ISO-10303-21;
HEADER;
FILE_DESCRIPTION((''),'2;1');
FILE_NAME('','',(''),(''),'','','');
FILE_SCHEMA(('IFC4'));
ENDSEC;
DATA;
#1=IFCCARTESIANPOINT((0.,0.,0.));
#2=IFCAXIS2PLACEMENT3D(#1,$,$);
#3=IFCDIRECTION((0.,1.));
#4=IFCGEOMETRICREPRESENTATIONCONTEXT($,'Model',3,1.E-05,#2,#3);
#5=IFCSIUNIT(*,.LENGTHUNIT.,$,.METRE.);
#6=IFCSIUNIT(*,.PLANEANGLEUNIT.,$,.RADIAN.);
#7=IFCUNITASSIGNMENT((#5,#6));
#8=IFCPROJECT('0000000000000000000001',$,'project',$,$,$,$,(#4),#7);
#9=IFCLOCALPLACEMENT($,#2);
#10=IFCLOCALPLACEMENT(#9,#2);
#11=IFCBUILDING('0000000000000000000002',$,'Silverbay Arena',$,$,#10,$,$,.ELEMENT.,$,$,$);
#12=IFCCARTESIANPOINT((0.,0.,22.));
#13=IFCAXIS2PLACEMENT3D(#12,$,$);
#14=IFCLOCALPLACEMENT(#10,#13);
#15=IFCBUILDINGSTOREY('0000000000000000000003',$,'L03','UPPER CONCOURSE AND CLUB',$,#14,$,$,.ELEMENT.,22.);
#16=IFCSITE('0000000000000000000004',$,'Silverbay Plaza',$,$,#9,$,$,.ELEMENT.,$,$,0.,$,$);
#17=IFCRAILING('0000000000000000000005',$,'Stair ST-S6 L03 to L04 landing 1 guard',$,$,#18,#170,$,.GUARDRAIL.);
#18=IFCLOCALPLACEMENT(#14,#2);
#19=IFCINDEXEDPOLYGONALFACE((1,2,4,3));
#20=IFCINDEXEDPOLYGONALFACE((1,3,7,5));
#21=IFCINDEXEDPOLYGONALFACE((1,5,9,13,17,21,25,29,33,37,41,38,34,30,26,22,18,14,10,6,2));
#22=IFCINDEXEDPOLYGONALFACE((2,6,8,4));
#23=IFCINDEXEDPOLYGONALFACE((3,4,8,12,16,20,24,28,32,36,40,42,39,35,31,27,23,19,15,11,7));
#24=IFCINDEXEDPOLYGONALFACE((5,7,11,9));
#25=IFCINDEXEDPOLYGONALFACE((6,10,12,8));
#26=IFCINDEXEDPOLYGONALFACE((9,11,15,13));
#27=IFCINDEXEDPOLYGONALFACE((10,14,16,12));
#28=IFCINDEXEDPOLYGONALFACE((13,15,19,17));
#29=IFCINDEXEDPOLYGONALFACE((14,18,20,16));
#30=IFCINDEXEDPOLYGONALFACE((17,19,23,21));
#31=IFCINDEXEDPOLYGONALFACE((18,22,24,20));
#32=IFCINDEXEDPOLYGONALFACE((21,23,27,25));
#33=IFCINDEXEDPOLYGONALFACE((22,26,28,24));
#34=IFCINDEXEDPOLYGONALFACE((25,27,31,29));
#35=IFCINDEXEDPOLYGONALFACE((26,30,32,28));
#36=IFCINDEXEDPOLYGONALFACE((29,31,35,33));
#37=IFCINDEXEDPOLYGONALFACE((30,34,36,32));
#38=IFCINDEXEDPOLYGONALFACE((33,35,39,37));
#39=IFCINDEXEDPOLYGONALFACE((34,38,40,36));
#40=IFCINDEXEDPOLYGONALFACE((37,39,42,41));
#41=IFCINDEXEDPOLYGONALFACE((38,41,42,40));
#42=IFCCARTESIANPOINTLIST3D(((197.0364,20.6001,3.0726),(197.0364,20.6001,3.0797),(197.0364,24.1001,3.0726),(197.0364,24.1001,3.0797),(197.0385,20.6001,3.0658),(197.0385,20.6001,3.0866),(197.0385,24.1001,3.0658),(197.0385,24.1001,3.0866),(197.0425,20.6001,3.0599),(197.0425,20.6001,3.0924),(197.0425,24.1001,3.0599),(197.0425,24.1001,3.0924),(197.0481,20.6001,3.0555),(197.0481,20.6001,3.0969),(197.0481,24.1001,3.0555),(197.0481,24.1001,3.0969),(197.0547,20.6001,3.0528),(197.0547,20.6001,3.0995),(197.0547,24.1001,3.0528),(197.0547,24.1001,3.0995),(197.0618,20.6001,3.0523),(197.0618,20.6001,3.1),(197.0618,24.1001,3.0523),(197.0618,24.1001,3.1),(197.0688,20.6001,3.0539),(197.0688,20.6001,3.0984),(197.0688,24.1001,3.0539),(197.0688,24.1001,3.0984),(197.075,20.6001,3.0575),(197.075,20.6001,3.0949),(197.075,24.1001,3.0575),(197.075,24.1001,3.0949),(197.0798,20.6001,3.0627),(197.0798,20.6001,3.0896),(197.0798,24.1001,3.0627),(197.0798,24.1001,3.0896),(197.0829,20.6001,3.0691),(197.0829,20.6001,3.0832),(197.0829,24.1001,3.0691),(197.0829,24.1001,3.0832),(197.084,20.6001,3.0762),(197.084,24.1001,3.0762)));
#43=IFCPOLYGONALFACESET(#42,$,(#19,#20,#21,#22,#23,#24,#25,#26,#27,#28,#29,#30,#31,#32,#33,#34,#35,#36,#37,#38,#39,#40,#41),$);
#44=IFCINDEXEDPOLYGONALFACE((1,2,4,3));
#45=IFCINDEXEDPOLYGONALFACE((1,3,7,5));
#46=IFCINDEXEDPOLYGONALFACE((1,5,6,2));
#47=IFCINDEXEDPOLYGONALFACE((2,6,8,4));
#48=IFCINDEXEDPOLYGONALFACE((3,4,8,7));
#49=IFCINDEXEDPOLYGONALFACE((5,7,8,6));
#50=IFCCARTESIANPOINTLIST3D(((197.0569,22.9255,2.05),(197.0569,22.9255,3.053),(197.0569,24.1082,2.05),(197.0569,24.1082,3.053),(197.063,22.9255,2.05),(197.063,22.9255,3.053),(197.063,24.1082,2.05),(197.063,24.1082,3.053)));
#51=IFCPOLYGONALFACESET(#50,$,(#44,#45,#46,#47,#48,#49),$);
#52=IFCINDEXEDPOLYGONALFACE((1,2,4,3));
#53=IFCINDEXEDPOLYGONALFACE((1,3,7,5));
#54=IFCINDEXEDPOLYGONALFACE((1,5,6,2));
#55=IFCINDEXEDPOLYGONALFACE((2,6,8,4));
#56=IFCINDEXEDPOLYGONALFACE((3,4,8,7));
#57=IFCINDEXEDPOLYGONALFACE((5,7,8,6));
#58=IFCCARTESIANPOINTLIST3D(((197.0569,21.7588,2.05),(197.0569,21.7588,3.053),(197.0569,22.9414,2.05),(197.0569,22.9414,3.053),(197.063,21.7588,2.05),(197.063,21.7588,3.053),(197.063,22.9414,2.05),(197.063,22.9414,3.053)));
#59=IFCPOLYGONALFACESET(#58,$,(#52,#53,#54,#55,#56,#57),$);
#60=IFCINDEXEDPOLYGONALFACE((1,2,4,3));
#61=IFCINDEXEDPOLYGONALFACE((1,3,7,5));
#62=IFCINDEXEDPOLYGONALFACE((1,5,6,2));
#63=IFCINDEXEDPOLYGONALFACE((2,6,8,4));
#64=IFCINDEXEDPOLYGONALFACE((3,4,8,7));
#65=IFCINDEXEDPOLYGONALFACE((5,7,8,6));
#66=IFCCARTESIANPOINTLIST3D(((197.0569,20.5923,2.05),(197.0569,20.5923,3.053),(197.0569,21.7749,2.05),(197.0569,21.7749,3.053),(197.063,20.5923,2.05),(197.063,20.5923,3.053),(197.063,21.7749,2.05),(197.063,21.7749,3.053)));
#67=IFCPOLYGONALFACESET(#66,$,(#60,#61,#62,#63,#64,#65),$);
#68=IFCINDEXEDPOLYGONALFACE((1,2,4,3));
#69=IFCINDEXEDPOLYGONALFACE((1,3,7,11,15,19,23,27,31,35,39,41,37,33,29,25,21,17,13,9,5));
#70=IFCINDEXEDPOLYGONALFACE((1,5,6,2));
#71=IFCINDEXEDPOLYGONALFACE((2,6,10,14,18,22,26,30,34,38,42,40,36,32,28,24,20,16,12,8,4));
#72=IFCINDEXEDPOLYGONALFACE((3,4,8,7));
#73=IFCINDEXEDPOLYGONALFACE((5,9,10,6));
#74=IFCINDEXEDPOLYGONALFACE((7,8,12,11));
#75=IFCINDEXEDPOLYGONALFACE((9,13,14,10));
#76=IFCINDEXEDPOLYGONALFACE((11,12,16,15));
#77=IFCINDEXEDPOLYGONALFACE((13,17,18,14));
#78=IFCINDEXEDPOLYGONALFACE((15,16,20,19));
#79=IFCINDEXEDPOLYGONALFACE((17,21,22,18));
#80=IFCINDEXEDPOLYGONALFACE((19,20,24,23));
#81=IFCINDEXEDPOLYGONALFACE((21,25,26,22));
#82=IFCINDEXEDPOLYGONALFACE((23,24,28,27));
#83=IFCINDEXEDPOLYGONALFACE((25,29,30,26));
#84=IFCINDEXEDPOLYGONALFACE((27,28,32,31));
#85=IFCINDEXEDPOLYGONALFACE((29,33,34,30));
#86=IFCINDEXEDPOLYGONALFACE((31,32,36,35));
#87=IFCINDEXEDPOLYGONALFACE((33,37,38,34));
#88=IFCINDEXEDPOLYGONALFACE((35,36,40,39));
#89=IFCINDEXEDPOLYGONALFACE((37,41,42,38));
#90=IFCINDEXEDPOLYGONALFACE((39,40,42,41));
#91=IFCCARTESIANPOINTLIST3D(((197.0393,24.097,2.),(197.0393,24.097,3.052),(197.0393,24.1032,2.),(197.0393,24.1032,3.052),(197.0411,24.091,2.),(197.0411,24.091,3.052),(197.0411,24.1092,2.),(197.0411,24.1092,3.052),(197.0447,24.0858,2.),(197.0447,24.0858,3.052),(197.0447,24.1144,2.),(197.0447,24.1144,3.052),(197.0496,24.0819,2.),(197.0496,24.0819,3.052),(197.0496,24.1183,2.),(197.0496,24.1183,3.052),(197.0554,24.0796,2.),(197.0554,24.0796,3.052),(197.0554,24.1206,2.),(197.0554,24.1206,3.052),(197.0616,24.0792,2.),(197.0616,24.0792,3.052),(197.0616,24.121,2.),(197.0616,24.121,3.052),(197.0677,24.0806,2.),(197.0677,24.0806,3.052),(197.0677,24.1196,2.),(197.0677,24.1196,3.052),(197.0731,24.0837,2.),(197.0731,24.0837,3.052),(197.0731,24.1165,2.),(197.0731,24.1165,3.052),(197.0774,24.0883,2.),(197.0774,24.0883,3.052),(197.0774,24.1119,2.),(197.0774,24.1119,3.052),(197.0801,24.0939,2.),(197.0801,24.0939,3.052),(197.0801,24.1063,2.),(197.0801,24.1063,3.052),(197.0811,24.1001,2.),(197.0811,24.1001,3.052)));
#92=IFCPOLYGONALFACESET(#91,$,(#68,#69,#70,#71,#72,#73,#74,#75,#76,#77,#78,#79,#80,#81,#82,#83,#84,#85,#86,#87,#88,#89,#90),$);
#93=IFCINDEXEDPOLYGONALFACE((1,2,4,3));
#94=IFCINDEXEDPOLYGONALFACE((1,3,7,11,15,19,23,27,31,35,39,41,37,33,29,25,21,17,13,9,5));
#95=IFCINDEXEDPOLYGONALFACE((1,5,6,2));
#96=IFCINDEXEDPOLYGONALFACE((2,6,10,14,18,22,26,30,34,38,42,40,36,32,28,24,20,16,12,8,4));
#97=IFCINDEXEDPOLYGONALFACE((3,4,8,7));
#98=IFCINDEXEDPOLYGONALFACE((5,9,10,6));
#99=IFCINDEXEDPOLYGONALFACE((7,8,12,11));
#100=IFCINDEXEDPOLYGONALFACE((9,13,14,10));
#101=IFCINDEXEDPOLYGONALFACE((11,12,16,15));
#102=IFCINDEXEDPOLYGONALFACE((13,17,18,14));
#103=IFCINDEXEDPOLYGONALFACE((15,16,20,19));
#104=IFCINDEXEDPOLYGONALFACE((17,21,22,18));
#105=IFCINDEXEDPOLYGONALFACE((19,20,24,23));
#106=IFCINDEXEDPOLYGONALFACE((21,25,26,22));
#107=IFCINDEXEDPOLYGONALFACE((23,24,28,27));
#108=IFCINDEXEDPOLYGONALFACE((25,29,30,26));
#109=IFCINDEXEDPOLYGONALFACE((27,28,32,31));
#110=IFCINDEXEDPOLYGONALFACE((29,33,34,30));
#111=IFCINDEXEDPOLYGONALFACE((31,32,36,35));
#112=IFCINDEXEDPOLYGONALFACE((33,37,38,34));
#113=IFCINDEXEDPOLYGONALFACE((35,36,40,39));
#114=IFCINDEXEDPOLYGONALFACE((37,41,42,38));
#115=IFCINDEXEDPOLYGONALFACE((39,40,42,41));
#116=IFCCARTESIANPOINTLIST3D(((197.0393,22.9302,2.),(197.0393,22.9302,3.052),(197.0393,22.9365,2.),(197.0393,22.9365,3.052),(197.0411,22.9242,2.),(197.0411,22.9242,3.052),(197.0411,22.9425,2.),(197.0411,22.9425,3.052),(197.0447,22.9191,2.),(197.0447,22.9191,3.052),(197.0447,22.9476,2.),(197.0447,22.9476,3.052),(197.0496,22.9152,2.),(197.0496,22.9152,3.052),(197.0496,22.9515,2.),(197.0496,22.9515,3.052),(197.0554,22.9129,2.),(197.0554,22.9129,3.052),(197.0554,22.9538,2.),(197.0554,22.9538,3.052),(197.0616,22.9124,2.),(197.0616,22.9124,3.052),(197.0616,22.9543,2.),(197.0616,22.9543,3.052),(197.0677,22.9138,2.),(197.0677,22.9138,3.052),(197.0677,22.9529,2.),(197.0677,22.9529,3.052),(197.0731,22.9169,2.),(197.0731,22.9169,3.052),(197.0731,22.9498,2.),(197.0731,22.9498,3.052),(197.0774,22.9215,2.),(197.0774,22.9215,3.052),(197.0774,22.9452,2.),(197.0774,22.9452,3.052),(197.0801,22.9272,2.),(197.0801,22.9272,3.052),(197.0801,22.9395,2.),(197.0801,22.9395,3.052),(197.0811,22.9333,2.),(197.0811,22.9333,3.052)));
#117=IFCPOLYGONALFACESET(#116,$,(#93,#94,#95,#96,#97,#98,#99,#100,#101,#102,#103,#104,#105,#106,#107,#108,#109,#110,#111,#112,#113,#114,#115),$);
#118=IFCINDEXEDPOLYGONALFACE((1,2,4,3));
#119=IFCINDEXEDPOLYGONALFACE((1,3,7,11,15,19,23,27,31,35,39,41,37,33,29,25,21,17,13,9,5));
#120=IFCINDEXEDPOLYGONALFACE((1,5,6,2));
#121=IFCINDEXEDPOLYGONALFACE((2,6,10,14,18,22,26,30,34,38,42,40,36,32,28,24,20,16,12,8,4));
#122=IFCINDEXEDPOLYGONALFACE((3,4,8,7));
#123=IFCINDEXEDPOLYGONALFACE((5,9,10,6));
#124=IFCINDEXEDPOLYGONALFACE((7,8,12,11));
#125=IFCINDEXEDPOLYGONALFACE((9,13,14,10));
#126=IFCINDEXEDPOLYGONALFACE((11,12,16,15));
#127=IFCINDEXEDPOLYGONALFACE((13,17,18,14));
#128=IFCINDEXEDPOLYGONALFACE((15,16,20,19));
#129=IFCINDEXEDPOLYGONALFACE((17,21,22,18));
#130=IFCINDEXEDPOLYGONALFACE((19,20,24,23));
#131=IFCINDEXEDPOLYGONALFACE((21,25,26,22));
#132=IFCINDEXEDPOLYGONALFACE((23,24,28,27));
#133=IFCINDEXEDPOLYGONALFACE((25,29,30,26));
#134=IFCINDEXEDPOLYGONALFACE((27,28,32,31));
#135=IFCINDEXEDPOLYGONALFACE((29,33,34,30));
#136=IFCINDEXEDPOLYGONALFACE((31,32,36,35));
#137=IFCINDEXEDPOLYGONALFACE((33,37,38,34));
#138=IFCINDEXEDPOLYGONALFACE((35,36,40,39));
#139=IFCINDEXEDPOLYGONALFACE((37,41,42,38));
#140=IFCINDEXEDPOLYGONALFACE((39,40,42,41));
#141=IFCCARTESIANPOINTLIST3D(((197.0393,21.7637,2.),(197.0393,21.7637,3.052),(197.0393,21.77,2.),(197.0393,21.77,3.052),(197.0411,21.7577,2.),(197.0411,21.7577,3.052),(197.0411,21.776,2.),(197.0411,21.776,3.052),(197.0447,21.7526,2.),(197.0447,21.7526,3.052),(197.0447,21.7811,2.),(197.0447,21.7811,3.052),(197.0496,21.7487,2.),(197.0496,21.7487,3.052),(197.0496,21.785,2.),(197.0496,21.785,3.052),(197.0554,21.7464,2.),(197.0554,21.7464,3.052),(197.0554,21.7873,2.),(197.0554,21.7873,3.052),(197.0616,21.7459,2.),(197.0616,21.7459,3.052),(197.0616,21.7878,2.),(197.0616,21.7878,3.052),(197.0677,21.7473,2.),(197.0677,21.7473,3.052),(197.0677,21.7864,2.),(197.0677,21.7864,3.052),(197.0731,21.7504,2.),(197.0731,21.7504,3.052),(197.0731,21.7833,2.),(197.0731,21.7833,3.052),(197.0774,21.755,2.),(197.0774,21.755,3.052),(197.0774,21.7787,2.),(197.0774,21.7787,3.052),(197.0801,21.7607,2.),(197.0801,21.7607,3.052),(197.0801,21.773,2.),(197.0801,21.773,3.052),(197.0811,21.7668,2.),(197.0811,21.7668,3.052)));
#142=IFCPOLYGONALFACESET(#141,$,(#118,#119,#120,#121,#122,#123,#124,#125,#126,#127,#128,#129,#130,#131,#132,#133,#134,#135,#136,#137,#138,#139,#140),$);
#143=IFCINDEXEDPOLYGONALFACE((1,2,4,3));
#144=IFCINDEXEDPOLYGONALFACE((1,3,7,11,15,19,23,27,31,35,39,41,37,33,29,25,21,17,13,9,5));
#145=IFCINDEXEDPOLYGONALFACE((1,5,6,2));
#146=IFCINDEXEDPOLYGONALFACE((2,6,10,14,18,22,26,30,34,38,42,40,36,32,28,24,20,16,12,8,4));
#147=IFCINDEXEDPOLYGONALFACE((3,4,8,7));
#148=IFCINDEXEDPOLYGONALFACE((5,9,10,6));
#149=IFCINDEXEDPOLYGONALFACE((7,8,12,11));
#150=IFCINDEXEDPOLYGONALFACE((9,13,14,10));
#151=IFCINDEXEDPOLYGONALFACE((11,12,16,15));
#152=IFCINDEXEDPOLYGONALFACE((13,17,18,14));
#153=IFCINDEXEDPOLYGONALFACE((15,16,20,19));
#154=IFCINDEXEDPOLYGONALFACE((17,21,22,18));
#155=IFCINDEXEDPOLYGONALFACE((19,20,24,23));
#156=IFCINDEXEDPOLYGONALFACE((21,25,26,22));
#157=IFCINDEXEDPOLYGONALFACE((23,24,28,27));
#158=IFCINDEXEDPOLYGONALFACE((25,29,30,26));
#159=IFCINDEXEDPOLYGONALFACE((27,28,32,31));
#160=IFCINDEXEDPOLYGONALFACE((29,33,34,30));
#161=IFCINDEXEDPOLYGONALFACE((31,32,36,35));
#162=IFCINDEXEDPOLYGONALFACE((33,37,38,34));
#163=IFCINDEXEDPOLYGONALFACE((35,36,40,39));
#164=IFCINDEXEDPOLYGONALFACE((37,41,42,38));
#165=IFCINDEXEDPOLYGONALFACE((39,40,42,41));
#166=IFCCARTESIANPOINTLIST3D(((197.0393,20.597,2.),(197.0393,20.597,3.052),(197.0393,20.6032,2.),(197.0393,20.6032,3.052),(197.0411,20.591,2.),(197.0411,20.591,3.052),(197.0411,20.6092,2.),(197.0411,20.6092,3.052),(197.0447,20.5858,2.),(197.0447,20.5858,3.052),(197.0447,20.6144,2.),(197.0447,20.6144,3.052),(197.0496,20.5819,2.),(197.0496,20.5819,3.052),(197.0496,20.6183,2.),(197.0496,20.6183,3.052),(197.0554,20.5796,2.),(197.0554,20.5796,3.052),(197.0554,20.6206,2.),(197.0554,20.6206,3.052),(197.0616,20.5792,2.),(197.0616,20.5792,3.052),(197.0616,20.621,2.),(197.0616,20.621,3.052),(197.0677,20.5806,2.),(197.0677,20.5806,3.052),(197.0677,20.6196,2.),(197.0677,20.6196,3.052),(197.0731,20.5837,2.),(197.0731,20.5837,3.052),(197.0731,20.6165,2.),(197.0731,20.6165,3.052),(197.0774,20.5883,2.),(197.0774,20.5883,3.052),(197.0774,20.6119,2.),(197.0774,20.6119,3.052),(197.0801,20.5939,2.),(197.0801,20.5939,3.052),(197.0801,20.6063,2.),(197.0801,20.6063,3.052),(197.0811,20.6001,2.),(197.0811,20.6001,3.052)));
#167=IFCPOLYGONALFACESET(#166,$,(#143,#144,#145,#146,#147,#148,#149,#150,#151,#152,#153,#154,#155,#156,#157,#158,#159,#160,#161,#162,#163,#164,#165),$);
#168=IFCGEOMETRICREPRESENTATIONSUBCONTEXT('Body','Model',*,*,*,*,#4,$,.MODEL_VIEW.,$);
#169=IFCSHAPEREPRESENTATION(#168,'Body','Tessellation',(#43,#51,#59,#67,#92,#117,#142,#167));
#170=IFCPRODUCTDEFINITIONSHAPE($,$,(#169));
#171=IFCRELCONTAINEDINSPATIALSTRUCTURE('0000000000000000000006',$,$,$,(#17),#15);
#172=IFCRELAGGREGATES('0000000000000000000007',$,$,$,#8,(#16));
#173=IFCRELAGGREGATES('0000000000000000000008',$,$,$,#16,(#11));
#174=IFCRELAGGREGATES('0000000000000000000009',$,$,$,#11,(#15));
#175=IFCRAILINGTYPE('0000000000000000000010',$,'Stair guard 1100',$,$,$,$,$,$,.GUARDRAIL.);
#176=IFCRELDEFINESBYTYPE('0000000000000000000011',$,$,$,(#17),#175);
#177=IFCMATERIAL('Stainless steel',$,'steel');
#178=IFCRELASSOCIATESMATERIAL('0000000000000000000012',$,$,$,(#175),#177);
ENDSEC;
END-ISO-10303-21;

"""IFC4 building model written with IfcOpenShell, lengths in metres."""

from ifc_helpers import new_model, si_unit, direction, frame, origin, origin_2d, place, context, subcontext, project, spatial, polyline, circle, outline, extrude, material, type_object, element, save


model = new_model("IFC4")

# Units and contexts
model_context = context("Model", 3, precision=1e-05, world=origin(), true_north=direction((0.0, 1.0)))
body_context = subcontext(model_context, "Body", "Model", "MODEL_VIEW")
ifc_project = project(units=[si_unit("LENGTHUNIT", "METRE"), si_unit("PLANEANGLEUNIT", "RADIAN")], contexts=[model_context])

# Site, building, storey
site_placement = place(None, origin())
site = spatial("IfcSite", under=ifc_project, at=site_placement, Name="Silverbay Plaza", CompositionType="ELEMENT", RefElevation=0.0)
building_placement = place(site_placement, origin())
building = spatial("IfcBuilding", under=site, at=building_placement, Name="Silverbay Arena", CompositionType="ELEMENT")
storey_placement = place(building_placement, frame((0.0, 0.0, 22.0)))
storey = spatial("IfcBuildingStorey", under=building, at=storey_placement, Name="L03", Description="UPPER CONCOURSE AND CLUB", CompositionType="ELEMENT", Elevation=22.0)

# Railing
ifc_material_1 = material(Name="Stainless steel", Category="steel")
railing_type_1 = type_object("IfcRailingType", Name="Stair guard 1100", PredefinedType="GUARDRAIL", material=ifc_material_1)
railing_1_placement = place(storey_placement, frame((197.0601, 24.1001, 2.0)))
element("IfcRailing", 1, at=railing_1_placement, inside=storey, type_object=railing_type_1, Name="Stair ST-S6 L03 to L04 landing 1 guard", PredefinedType="GUARDRAIL", context=body_context, shape_type="SweptSolid", body=[
    extrude(circle(Radius=0.0239, at=origin_2d()), frame((0.0, 0.0, 1.0762), z_axis=(0.0, -1.0, 0.0), x_axis=(1.0, 0.0, 0.0)), (0.0, 0.0, 1.0), 3.5),
    extrude(outline(polyline([(-0.0081, 0.05), (1.1746, 0.05), (1.1746, 1.053), (-0.0081, 1.053), (-0.0081, 0.05)])), frame((0.0029, 0.0, 0.0), z_axis=(-1.0, 0.0, 0.0), x_axis=(0.0, -1.0, 0.0)), (0.0, 0.0, 1.0), 0.0061),
    extrude(outline(polyline([(-0.0081, 0.05), (1.1746, 0.05), (1.1746, 1.053), (-0.0081, 1.053), (-0.0081, 0.05)])), frame((0.0029, -1.1667, 0.0), z_axis=(-1.0, 0.0, 0.0), x_axis=(0.0, -1.0, 0.0)), (0.0, 0.0, 1.0), 0.0061),
    extrude(outline(polyline([(-0.0081, 0.05), (1.1746, 0.05), (1.1746, 1.053), (-0.0081, 1.053), (-0.0081, 0.05)])), frame((0.0029, -2.3333, 0.0), z_axis=(-1.0, 0.0, 0.0), x_axis=(0.0, -1.0, 0.0)), (0.0, 0.0, 1.0), 0.0061),
    extrude(circle(Radius=0.021, at=origin_2d()), origin(), (0.0, 0.0, 1.0), 1.052),
    extrude(circle(Radius=0.021, at=origin_2d()), frame((0.0, -1.1667, 0.0)), (0.0, 0.0, 1.0), 1.052),
    extrude(circle(Radius=0.021, at=origin_2d()), frame((0.0, -2.3333, 0.0)), (0.0, 0.0, 1.0), 1.052),
    extrude(circle(Radius=0.021, at=origin_2d()), frame((0.0, -3.5, 0.0)), (0.0, 0.0, 1.0), 1.052),
])

save(model, "model.ifc")
